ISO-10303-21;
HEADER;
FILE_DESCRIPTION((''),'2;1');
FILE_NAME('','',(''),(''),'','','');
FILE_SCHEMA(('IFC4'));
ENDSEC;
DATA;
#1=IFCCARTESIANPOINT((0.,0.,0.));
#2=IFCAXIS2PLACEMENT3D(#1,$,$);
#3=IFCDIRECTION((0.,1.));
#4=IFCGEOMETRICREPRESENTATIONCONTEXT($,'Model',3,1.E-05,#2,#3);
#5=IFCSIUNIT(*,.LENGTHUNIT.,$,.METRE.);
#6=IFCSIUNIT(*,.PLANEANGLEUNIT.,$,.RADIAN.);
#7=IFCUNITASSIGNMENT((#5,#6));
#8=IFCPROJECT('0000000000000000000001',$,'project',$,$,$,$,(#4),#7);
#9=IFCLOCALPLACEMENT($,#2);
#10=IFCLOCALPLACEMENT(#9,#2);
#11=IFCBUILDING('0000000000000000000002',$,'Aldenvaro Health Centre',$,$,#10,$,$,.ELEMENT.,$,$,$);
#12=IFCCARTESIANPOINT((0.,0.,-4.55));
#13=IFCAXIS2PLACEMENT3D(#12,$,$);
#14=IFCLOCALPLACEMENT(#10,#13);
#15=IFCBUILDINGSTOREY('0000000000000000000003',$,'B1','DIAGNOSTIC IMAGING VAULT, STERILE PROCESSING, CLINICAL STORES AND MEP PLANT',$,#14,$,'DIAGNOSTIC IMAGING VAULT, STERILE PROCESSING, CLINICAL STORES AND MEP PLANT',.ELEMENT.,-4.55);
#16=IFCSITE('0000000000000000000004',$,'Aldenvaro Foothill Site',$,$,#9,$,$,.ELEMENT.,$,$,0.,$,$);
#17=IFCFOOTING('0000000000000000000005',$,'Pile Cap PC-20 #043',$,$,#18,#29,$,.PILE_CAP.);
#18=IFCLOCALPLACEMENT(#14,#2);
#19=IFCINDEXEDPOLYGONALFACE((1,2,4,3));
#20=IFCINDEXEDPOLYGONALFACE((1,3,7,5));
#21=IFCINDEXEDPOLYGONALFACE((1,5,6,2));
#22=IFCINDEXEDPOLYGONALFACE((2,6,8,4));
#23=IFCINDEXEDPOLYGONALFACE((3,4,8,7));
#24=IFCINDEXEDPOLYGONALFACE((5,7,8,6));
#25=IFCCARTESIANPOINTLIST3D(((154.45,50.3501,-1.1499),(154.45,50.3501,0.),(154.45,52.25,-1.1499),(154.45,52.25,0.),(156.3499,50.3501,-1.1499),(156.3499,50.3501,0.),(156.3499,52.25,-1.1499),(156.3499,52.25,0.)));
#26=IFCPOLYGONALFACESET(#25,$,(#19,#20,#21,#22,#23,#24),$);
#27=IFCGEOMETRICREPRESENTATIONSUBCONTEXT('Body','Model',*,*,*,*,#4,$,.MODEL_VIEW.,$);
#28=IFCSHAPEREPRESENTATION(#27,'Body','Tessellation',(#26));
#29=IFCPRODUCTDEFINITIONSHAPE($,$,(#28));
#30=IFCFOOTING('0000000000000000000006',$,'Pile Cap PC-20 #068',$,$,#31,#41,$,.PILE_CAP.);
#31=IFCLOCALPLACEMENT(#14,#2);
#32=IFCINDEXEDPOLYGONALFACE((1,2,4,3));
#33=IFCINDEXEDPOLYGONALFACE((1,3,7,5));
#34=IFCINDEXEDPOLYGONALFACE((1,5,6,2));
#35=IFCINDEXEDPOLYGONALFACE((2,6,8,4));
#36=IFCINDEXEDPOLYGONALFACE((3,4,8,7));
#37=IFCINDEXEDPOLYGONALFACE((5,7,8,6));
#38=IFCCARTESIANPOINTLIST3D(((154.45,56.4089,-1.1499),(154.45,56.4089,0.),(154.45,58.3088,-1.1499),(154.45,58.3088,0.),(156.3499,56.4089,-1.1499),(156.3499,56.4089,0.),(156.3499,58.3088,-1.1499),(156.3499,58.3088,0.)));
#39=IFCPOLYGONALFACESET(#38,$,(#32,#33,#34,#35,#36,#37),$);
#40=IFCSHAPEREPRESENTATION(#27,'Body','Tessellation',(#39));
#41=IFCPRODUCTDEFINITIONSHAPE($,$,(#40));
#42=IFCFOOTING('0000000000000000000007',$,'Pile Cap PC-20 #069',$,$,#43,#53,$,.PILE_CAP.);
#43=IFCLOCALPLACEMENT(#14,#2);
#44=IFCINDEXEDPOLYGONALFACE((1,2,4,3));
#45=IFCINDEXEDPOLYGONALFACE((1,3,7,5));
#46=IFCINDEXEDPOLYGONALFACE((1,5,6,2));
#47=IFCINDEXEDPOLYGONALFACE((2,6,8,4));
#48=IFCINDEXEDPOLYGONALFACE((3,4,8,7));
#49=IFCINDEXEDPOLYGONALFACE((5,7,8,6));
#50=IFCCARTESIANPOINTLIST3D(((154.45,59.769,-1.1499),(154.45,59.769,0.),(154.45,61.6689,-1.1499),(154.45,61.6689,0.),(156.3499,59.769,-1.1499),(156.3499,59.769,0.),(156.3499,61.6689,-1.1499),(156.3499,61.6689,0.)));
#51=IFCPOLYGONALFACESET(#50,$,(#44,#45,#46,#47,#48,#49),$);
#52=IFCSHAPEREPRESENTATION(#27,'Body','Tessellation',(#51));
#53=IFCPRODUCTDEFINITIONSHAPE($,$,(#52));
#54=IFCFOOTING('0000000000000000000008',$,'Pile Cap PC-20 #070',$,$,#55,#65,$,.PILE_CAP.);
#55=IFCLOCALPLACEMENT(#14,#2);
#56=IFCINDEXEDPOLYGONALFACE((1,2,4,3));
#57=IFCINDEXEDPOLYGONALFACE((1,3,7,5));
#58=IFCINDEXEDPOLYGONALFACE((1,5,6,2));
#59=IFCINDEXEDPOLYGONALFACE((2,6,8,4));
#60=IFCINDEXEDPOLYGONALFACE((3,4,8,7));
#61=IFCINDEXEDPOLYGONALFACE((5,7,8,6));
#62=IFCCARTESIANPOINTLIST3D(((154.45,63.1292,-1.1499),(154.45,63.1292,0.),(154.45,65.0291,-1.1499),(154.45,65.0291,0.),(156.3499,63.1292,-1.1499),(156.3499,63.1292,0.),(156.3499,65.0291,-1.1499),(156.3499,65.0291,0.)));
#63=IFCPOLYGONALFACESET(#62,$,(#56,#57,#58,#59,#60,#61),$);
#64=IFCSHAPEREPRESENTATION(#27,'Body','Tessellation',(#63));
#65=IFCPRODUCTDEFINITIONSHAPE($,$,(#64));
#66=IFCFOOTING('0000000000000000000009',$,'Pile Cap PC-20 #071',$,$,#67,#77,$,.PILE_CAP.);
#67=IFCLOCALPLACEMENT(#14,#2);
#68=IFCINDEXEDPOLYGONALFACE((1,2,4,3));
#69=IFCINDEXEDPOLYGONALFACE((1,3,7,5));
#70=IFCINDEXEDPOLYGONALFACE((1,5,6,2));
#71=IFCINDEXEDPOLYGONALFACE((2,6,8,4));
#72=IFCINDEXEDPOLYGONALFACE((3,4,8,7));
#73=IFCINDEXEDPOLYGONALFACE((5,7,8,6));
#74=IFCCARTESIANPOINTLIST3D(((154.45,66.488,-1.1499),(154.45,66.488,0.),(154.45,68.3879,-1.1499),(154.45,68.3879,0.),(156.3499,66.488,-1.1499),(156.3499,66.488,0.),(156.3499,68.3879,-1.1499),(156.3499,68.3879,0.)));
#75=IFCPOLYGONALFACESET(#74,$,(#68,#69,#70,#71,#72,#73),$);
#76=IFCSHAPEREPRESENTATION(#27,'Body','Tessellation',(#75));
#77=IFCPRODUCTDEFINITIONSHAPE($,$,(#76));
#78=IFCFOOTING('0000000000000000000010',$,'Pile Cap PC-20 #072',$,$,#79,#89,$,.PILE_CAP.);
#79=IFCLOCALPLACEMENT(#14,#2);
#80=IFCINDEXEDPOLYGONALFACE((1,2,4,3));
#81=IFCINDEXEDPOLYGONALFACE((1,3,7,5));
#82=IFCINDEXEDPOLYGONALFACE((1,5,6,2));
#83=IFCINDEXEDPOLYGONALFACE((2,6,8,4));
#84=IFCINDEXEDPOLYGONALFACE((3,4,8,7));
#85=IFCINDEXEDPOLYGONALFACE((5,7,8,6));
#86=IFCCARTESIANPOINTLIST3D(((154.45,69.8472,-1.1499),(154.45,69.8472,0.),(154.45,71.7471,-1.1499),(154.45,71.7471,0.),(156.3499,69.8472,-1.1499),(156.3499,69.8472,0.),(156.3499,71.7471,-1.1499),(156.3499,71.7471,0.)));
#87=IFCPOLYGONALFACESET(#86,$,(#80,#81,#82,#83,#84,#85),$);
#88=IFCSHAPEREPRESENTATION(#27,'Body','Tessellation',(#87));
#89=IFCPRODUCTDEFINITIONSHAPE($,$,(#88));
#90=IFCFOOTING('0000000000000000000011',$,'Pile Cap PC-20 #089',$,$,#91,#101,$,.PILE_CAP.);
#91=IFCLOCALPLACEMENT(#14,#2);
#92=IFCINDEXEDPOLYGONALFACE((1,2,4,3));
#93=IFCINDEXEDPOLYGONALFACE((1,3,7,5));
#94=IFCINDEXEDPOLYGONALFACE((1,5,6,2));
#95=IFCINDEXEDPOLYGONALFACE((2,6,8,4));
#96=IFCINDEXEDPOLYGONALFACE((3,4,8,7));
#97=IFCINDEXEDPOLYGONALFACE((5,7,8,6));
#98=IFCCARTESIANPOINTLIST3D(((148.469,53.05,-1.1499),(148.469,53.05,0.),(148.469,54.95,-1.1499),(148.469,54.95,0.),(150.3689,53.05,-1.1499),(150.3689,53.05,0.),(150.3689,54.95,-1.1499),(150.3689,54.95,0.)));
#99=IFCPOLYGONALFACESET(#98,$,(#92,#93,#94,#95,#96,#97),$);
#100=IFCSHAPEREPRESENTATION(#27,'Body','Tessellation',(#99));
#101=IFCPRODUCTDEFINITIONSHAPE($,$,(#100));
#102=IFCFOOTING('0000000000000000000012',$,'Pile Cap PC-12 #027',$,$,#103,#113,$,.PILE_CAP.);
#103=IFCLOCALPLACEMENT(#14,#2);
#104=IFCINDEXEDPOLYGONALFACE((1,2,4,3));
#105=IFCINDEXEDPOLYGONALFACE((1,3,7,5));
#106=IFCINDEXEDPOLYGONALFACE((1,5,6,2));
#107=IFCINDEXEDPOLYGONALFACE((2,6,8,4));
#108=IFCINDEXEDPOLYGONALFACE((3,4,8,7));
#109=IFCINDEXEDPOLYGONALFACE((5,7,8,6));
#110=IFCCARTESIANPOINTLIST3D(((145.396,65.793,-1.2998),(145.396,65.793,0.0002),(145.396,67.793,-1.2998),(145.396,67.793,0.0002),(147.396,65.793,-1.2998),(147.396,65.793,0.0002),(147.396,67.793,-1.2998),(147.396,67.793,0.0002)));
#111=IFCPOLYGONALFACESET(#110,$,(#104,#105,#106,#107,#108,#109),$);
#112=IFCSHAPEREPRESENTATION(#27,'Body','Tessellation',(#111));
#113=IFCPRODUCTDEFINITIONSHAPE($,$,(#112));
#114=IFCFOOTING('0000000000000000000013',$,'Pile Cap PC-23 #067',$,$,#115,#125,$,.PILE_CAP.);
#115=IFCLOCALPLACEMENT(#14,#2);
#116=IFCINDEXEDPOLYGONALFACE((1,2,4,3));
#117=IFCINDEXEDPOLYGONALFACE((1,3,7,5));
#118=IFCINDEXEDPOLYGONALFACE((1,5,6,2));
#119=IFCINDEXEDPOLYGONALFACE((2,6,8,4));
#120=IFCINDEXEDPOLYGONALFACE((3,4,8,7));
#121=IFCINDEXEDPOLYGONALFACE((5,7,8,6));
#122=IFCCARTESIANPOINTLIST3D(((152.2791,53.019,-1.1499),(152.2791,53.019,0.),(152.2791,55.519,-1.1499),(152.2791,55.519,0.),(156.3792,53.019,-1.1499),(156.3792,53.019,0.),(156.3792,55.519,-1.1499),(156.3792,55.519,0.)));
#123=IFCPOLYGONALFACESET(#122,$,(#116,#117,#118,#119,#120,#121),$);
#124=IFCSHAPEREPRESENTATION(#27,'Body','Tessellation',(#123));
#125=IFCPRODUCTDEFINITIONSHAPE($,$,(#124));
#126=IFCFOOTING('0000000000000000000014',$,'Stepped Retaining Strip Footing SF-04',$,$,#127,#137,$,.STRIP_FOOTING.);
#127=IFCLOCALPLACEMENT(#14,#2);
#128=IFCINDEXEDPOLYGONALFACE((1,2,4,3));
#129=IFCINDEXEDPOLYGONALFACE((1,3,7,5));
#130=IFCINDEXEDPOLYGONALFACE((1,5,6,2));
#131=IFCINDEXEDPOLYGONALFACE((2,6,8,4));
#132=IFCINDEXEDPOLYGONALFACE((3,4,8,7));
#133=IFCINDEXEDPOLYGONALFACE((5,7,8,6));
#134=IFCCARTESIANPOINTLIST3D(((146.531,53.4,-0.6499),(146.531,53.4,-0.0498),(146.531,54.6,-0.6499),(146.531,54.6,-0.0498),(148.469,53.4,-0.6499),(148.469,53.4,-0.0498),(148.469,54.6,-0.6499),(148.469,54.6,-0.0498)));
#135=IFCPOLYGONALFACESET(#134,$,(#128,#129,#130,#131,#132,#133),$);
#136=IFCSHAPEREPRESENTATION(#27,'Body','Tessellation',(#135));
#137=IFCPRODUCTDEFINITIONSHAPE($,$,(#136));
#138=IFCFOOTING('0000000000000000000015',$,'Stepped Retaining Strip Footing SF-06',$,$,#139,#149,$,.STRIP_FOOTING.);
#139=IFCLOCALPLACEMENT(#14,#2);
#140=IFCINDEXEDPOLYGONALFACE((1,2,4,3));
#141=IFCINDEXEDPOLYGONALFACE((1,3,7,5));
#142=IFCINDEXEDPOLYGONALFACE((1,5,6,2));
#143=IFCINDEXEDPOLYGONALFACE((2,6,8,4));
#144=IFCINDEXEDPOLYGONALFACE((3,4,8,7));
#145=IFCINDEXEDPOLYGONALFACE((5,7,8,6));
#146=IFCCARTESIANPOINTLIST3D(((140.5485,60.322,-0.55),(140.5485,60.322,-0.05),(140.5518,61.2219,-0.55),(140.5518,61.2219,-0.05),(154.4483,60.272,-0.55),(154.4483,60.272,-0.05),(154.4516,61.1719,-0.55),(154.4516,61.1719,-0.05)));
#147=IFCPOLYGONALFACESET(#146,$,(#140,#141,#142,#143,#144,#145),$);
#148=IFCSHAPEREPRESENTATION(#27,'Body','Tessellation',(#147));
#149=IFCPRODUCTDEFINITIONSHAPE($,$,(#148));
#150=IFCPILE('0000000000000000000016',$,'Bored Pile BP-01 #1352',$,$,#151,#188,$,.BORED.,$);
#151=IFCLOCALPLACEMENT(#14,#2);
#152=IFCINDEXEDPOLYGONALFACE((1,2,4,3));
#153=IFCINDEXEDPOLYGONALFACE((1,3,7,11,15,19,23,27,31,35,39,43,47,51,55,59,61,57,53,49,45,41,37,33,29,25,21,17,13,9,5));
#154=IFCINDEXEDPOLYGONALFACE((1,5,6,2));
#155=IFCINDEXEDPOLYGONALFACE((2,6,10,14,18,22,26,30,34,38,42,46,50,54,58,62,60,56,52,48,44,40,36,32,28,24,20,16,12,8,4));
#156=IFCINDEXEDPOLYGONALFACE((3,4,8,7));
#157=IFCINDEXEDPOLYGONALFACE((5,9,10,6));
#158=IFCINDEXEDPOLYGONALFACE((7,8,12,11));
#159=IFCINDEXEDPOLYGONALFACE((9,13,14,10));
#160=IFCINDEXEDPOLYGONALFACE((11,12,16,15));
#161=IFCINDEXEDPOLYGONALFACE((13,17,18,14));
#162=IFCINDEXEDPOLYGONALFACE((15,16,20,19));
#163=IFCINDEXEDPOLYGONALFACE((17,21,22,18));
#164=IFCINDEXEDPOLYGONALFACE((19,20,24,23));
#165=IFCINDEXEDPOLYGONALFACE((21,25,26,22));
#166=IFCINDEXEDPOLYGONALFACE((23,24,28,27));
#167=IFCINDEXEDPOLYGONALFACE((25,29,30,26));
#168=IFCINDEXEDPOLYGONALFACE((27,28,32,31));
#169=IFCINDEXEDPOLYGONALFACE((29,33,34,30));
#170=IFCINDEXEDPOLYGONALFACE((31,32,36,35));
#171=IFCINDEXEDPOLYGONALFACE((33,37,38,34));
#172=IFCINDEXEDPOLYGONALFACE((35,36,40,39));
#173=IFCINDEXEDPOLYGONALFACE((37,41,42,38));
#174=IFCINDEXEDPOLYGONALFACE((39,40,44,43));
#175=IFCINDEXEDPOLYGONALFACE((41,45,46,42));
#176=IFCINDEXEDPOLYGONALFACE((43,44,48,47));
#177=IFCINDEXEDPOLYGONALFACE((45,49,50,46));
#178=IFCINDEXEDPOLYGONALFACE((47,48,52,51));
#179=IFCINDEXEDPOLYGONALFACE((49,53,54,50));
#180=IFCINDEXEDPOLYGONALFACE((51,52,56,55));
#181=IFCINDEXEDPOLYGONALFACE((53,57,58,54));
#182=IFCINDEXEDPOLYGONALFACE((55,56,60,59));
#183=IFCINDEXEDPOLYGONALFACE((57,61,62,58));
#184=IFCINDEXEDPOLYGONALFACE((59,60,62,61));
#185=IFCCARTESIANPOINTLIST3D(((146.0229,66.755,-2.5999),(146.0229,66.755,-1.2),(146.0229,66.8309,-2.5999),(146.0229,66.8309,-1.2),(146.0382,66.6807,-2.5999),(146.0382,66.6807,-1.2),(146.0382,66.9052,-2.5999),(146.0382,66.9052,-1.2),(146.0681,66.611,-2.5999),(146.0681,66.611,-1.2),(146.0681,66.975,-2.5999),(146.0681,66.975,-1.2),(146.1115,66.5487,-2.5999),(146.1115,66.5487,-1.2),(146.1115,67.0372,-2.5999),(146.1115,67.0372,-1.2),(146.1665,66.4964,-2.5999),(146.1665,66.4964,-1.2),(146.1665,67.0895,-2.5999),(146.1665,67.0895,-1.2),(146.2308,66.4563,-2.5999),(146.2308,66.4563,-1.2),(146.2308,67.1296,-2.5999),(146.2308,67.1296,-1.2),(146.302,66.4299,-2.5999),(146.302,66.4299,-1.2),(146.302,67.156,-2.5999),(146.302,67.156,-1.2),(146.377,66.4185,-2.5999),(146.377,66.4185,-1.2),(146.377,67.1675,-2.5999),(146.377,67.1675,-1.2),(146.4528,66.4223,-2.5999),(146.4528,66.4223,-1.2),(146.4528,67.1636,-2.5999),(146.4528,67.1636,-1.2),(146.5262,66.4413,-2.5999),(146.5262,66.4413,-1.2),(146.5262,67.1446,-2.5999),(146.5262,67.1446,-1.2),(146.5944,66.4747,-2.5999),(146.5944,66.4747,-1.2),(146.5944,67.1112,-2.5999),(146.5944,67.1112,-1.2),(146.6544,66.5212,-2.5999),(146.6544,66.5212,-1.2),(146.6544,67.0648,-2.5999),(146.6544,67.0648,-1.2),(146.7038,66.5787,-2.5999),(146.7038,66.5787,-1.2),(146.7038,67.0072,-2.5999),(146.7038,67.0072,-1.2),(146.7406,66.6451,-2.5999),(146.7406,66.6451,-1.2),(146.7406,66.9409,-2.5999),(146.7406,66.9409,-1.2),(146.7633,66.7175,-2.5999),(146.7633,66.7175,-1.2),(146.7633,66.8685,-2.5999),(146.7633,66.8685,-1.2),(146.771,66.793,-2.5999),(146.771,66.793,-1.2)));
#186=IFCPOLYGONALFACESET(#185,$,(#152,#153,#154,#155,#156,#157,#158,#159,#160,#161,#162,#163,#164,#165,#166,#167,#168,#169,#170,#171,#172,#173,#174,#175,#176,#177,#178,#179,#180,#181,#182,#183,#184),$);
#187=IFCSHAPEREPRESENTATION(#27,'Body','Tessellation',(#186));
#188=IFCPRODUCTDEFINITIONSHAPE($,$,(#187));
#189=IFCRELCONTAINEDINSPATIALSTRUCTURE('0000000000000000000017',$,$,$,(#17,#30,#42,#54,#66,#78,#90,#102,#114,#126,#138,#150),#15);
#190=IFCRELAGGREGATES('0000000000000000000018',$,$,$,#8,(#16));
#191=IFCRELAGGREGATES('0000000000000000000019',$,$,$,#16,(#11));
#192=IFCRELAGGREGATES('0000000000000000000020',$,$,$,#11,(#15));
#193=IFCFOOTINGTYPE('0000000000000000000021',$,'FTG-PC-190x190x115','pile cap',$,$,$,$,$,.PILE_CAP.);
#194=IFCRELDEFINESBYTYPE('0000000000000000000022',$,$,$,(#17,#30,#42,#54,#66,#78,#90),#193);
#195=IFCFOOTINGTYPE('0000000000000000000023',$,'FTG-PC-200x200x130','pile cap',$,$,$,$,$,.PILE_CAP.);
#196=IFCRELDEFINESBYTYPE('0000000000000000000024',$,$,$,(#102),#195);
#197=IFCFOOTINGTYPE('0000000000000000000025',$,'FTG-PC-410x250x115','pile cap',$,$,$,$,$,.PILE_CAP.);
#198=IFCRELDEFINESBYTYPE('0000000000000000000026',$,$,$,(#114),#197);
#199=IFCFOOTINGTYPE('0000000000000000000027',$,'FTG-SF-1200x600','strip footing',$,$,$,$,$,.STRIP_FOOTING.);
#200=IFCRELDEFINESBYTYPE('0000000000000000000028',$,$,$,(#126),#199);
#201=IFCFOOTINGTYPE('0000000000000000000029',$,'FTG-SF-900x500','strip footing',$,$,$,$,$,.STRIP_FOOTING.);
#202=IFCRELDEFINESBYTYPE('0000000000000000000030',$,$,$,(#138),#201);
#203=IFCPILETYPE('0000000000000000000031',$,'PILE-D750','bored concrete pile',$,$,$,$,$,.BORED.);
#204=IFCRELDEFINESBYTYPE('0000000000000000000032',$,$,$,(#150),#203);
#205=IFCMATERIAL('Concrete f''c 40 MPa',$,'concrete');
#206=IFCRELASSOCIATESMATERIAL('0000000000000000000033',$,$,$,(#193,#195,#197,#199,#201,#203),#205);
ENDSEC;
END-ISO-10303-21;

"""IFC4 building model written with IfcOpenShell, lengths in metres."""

from ifc_helpers import new_model, si_unit, direction, frame, origin, origin_2d, place, context, subcontext, project, spatial, rectangle, circle, extrude, material, material_profile, profile_set, type_object, element, save


model = new_model("IFC4")

# Units and contexts
model_context = context("Model", 3, precision=1e-05, world=origin(), true_north=direction((0.0, 1.0)))
body_context = subcontext(model_context, "Body", "Model", "MODEL_VIEW")
ifc_project = project(units=[si_unit("LENGTHUNIT", "METRE"), si_unit("PLANEANGLEUNIT", "RADIAN")], contexts=[model_context])

# Site, building, storey
site_placement = place(None, origin())
site = spatial("IfcSite", under=ifc_project, at=site_placement, Name="Aldenvaro Foothill Site", CompositionType="ELEMENT", RefElevation=0.0)
building_placement = place(site_placement, origin())
building = spatial("IfcBuilding", under=site, at=building_placement, Name="Aldenvaro Health Centre", CompositionType="ELEMENT")
storey_placement = place(building_placement, frame((0.0, 0.0, -4.55)))
storey = spatial("IfcBuildingStorey", under=building, at=storey_placement, Name="B1", Description="DIAGNOSTIC IMAGING VAULT, STERILE PROCESSING, CLINICAL STORES AND MEP PLANT", LongName="DIAGNOSTIC IMAGING VAULT, STERILE PROCESSING, CLINICAL STORES AND MEP PLANT", CompositionType="ELEMENT", Elevation=-4.55)

# Footings
ifc_material_1 = material(Name="Concrete f'c 40 MPa", Category="concrete")
footing_type_1 = type_object("IfcFootingType", Name="FTG-PC-190x190x115", Description="pile cap", PredefinedType="PILE_CAP", material=ifc_material_1)
for number, where, z_axis, x_axis, name in (
    (1, (155.3999, 51.3, -1.1499), (0.0, 0.0, 1.0), (1.0, 0.0, 0.0), "Pile Cap PC-20 #043"),
    (2, (155.3999, 57.3589, -1.1499), (0.0, 0.0, 1.0), (1.0, 0.0, 0.0), "Pile Cap PC-20 #068"),
    (3, (155.3999, 60.719, -1.1499), (0.0, 0.0, 1.0), (1.0, 0.0, 0.0), "Pile Cap PC-20 #069"),
    (4, (155.3999, 64.0791, -1.1499), (0.0, 0.0, 1.0), (1.0, 0.0, 0.0), "Pile Cap PC-20 #070"),
    (5, (155.3999, 67.438, -1.1499), (0.0, 0.0, 1.0), (1.0, 0.0, 0.0), "Pile Cap PC-20 #071"),
    (6, (155.3999, 70.7971, -1.1499), (0.0, 0.0, 1.0), (1.0, 0.0, 0.0), "Pile Cap PC-20 #072"),
    (7, (149.4189, 54.0, -1.1499), (0.0, 0.0, 1.0), (1.0, 0.0, 0.0), "Pile Cap PC-20 #089"),
):
    element("IfcFooting", number, at=place(storey_placement, frame(where, z_axis=z_axis, x_axis=x_axis)), inside=storey, type_object=footing_type_1, Name=name, PredefinedType="PILE_CAP", context=body_context, shape_type="SweptSolid", body=[
        extrude(rectangle(XDim=1.8999, YDim=1.8999, at=origin_2d()), origin(), (0.0, 0.0, 1.0), 1.1499),
    ])
footing_type_2 = type_object("IfcFootingType", Name="FTG-PC-200x200x130", Description="pile cap", PredefinedType="PILE_CAP", material=ifc_material_1)
footing_1_placement = place(storey_placement, frame((146.396, 66.793, -1.2998), z_axis=(0.0, 0.0, 1.0), x_axis=(1.0, 0.0, 0.0)))
element("IfcFooting", 8, at=footing_1_placement, inside=storey, type_object=footing_type_2, Name="Pile Cap PC-12 #027", PredefinedType="PILE_CAP", context=body_context, shape_type="SweptSolid", body=[
    extrude(rectangle(XDim=2.0, YDim=2.0, at=origin_2d()), origin(), (0.0, 0.0, 1.0), 1.3),
])
footing_type_3 = type_object("IfcFootingType", Name="FTG-PC-410x250x115", Description="pile cap", PredefinedType="PILE_CAP", material=ifc_material_1)
footing_2_placement = place(storey_placement, frame((154.3291, 54.269, -1.1499), z_axis=(0.0, 0.0, 1.0), x_axis=(1.0, 0.0, 0.0)))
element("IfcFooting", 9, at=footing_2_placement, inside=storey, type_object=footing_type_3, Name="Pile Cap PC-23 #067", PredefinedType="PILE_CAP", context=body_context, shape_type="SweptSolid", body=[
    extrude(rectangle(XDim=4.1001, YDim=2.5, at=origin_2d()), origin(), (0.0, 0.0, 1.0), 1.1499),
])
ifc_material_profile_1 = material_profile(ifc_material_1, rectangle(XDim=1.2, YDim=0.6001, at=origin_2d()), Name="SF 1200x600", Category="concrete")
ifc_profile_set_1 = profile_set([ifc_material_profile_1], Name="Concrete f'c 40 MPa")
footing_type_4 = type_object("IfcFootingType", Name="FTG-SF-1200x600", Description="strip footing", PredefinedType="STRIP_FOOTING", material=ifc_profile_set_1)
footing_3_placement = place(storey_placement, frame((146.531, 54.0, -0.3499), z_axis=(1.0, 0.0, 0.0), x_axis=(0.0, 1.0, 0.0)))
element("IfcFooting", 10, at=footing_3_placement, inside=storey, type_object=footing_type_4, Name="Stepped Retaining Strip Footing SF-04", PredefinedType="STRIP_FOOTING", context=body_context, shape_type="SweptSolid", body=[
    extrude(rectangle(XDim=1.2, YDim=0.6001, at=origin_2d()), origin(), (0.0, 0.0, 1.0), 1.938),
])
ifc_material_profile_2 = material_profile(ifc_material_1, rectangle(XDim=0.8999, YDim=0.5, at=origin_2d()), Name="SF 900x500", Category="concrete")
ifc_profile_set_2 = profile_set([ifc_material_profile_2], Name="Concrete f'c 40 MPa")
footing_type_5 = type_object("IfcFootingType", Name="FTG-SF-900x500", Description="strip footing", PredefinedType="STRIP_FOOTING", material=ifc_profile_set_2)
footing_4_placement = place(storey_placement, frame((154.45, 60.7219, -0.3), z_axis=(-0.999994, 0.003601, 0.0), x_axis=(-0.003601, -0.999994, 0.0)))
element("IfcFooting", 11, at=footing_4_placement, inside=storey, type_object=footing_type_5, Name="Stepped Retaining Strip Footing SF-06", PredefinedType="STRIP_FOOTING", context=body_context, shape_type="SweptSolid", body=[
    extrude(rectangle(XDim=0.8999, YDim=0.5, at=origin_2d()), origin(), (0.0, 0.0, 1.0), 13.8999),
])

# Pile
ifc_material_profile_3 = material_profile(ifc_material_1, circle(Radius=0.375, at=origin_2d()), Name="PILE D750", Category="concrete")
ifc_profile_set_3 = profile_set([ifc_material_profile_3], Name="Concrete f'c 40 MPa")
pile_type_1 = type_object("IfcPileType", Name="PILE-D750", Description="bored concrete pile", PredefinedType="BORED", material=ifc_profile_set_3)
pile_1_placement = place(storey_placement, frame((146.396, 66.793, -1.2), z_axis=(0.0, 0.0, -1.0), x_axis=(1.0, 0.0, 0.0)))
element("IfcPile", 12, at=pile_1_placement, inside=storey, type_object=pile_type_1, Name="Bored Pile BP-01 #1352", PredefinedType="BORED", context=body_context, shape_type="SweptSolid", body=[
    extrude(circle(Radius=0.375, at=origin_2d()), origin(), (0.0, 0.0, 1.0), 1.3999),
])

save(model, "model.ifc")
